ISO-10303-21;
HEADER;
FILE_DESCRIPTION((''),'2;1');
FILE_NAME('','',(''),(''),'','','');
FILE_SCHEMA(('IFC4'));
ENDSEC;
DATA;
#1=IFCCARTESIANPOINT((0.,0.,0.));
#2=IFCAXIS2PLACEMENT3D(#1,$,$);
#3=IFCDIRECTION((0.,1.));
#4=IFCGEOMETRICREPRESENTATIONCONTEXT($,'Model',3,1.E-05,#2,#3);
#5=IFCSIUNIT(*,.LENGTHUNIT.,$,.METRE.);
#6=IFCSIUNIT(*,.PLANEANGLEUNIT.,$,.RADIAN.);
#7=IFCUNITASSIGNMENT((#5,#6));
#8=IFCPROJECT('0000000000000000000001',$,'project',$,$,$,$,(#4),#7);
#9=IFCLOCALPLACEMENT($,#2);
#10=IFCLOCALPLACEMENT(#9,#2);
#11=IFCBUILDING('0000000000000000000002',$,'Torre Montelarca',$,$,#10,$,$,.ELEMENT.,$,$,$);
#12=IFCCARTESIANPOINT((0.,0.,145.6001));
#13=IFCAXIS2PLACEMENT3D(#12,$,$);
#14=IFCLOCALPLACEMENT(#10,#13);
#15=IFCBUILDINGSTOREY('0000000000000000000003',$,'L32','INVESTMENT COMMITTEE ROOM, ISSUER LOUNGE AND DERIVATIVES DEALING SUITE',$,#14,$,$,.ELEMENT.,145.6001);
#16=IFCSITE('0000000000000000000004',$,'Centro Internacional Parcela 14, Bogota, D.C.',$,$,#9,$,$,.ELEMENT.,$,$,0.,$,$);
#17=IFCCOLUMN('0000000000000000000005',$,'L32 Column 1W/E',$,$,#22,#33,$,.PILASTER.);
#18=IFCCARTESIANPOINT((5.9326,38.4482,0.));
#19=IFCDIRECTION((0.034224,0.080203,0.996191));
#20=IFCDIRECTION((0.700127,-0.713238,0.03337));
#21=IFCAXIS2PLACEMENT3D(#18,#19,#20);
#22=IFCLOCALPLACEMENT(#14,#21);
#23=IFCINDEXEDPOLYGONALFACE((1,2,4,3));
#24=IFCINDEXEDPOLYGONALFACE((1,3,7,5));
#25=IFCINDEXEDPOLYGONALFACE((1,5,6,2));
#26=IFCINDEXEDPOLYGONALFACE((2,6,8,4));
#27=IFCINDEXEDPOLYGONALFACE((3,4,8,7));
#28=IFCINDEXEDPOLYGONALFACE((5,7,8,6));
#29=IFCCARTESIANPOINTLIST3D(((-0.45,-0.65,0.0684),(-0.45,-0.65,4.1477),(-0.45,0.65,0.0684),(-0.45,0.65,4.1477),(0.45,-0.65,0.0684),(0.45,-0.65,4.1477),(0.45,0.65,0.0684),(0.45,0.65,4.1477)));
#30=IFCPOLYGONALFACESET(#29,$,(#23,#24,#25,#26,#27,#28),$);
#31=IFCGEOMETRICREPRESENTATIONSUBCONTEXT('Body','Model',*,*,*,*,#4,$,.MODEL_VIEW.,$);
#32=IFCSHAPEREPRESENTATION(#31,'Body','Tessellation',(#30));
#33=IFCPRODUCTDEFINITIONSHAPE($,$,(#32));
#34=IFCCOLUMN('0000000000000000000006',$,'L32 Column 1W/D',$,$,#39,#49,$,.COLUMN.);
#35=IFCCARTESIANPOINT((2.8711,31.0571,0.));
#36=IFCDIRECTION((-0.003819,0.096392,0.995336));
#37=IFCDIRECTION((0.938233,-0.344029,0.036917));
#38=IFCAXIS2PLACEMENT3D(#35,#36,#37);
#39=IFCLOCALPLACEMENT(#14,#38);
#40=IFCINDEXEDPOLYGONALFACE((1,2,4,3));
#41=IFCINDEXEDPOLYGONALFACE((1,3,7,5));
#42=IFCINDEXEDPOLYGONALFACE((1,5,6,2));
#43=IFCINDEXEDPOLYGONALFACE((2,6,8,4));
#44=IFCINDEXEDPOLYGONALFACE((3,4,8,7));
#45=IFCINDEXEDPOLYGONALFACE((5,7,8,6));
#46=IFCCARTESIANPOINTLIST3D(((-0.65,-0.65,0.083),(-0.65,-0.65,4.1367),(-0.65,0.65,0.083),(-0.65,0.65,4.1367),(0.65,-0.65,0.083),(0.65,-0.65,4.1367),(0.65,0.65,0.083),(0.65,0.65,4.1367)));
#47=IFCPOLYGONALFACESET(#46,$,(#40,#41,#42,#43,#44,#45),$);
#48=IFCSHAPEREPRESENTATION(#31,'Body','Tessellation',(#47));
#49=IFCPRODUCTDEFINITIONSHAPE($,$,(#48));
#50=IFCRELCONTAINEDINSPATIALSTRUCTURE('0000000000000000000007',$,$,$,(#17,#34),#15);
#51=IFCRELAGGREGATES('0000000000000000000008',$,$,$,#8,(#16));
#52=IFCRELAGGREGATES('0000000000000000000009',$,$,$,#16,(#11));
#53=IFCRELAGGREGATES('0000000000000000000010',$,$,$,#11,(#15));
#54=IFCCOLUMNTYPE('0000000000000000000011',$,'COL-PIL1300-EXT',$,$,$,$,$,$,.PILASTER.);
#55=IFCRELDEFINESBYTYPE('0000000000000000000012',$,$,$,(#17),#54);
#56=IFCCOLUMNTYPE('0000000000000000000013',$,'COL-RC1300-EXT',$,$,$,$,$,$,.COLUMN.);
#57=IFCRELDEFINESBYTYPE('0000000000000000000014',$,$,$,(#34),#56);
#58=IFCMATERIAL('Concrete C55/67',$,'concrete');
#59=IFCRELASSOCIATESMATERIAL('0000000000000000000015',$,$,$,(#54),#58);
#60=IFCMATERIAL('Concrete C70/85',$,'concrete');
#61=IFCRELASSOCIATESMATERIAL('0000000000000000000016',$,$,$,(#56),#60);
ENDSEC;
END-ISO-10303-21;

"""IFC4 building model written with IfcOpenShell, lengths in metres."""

from ifc_helpers import new_model, si_unit, direction, frame, origin, origin_2d, place, context, subcontext, project, spatial, rectangle, extrude, clip, halfspace, material, material_profile, profile_set, type_object, element, save


model = new_model("IFC4")

# Units and contexts
model_context = context("Model", 3, precision=1e-05, world=origin(), true_north=direction((0.0, 1.0)))
body_context = subcontext(model_context, "Body", "Model", "MODEL_VIEW")
ifc_project = project(units=[si_unit("LENGTHUNIT", "METRE"), si_unit("PLANEANGLEUNIT", "RADIAN")], contexts=[model_context])

# Site, building, storey
site_placement = place(None, origin())
site = spatial("IfcSite", under=ifc_project, at=site_placement, Name="Centro Internacional Parcela 14, Bogota, D.C.", CompositionType="ELEMENT", RefElevation=0.0)
building_placement = place(site_placement, origin())
building = spatial("IfcBuilding", under=site, at=building_placement, Name="Torre Montelarca", CompositionType="ELEMENT")
storey_placement = place(building_placement, frame((0.0, 0.0, 145.6001)))
storey = spatial("IfcBuildingStorey", under=building, at=storey_placement, Name="L32", Description="INVESTMENT COMMITTEE ROOM, ISSUER LOUNGE AND DERIVATIVES DEALING SUITE", CompositionType="ELEMENT", Elevation=145.6001)

# Columns
ifc_material_1 = material(Name="Concrete C55/67", Category="concrete")
ifc_material_profile_1 = material_profile(ifc_material_1, rectangle(XDim=0.8999, YDim=1.3, at=origin_2d()), Name="RC1300X900", Category="concrete")
ifc_profile_set_1 = profile_set([ifc_material_profile_1], Name="Concrete C55/67")
column_type_1 = type_object("IfcColumnType", Name="COL-PIL1300-EXT", PredefinedType="PILASTER", material=ifc_profile_set_1)
column_1_placement = place(storey_placement, frame((5.9326, 38.4482, 0.0), z_axis=(0.034224, 0.080203, 0.996191), x_axis=(0.700127, -0.713238, 0.03337)))
element("IfcColumn", 1, at=column_1_placement, inside=storey, type_object=column_type_1, Name="L32 Column 1W/E", PredefinedType="PILASTER", context=body_context, shape_type="Clipping", body=[
    clip(clip(extrude(rectangle(XDim=0.8999, YDim=1.3, at=origin_2d()), origin(), (0.0, 0.0, 1.0), 4.2161), halfspace(frame((0.0, 0.0, 0.0684), z_axis=(0.0, 0.0, -1.0), x_axis=(1.0, 0.0, 0.0)), False)), halfspace(frame((0.0, 0.0, 4.1477), z_axis=(0.0, 0.0, 1.0), x_axis=(1.0, 0.0, 0.0)), False)),
])
ifc_material_2 = material(Name="Concrete C70/85", Category="concrete")
ifc_material_profile_2 = material_profile(ifc_material_2, rectangle(XDim=1.3, YDim=1.3, at=origin_2d()), Name="RC1300X1300", Category="concrete")
ifc_profile_set_2 = profile_set([ifc_material_profile_2], Name="Concrete C70/85")
column_type_2 = type_object("IfcColumnType", Name="COL-RC1300-EXT", PredefinedType="COLUMN", material=ifc_profile_set_2)
column_2_placement = place(storey_placement, frame((2.8711, 31.0571, 0.0), z_axis=(-0.003819, 0.096392, 0.995336), x_axis=(0.938233, -0.344029, 0.036917)))
element("IfcColumn", 2, at=column_2_placement, inside=storey, type_object=column_type_2, Name="L32 Column 1W/D", PredefinedType="COLUMN", context=body_context, shape_type="Clipping", body=[
    clip(clip(extrude(rectangle(XDim=1.3, YDim=1.3, at=origin_2d()), origin(), (0.0, 0.0, 1.0), 4.2197), halfspace(frame((0.0, 0.0, 0.083), z_axis=(0.0, 0.0, -1.0), x_axis=(1.0, 0.0, 0.0)), False)), halfspace(frame((0.0, 0.0, 4.1367), z_axis=(0.0, 0.0, 1.0), x_axis=(1.0, 0.0, 0.0)), False)),
])

save(model, "model.ifc")
